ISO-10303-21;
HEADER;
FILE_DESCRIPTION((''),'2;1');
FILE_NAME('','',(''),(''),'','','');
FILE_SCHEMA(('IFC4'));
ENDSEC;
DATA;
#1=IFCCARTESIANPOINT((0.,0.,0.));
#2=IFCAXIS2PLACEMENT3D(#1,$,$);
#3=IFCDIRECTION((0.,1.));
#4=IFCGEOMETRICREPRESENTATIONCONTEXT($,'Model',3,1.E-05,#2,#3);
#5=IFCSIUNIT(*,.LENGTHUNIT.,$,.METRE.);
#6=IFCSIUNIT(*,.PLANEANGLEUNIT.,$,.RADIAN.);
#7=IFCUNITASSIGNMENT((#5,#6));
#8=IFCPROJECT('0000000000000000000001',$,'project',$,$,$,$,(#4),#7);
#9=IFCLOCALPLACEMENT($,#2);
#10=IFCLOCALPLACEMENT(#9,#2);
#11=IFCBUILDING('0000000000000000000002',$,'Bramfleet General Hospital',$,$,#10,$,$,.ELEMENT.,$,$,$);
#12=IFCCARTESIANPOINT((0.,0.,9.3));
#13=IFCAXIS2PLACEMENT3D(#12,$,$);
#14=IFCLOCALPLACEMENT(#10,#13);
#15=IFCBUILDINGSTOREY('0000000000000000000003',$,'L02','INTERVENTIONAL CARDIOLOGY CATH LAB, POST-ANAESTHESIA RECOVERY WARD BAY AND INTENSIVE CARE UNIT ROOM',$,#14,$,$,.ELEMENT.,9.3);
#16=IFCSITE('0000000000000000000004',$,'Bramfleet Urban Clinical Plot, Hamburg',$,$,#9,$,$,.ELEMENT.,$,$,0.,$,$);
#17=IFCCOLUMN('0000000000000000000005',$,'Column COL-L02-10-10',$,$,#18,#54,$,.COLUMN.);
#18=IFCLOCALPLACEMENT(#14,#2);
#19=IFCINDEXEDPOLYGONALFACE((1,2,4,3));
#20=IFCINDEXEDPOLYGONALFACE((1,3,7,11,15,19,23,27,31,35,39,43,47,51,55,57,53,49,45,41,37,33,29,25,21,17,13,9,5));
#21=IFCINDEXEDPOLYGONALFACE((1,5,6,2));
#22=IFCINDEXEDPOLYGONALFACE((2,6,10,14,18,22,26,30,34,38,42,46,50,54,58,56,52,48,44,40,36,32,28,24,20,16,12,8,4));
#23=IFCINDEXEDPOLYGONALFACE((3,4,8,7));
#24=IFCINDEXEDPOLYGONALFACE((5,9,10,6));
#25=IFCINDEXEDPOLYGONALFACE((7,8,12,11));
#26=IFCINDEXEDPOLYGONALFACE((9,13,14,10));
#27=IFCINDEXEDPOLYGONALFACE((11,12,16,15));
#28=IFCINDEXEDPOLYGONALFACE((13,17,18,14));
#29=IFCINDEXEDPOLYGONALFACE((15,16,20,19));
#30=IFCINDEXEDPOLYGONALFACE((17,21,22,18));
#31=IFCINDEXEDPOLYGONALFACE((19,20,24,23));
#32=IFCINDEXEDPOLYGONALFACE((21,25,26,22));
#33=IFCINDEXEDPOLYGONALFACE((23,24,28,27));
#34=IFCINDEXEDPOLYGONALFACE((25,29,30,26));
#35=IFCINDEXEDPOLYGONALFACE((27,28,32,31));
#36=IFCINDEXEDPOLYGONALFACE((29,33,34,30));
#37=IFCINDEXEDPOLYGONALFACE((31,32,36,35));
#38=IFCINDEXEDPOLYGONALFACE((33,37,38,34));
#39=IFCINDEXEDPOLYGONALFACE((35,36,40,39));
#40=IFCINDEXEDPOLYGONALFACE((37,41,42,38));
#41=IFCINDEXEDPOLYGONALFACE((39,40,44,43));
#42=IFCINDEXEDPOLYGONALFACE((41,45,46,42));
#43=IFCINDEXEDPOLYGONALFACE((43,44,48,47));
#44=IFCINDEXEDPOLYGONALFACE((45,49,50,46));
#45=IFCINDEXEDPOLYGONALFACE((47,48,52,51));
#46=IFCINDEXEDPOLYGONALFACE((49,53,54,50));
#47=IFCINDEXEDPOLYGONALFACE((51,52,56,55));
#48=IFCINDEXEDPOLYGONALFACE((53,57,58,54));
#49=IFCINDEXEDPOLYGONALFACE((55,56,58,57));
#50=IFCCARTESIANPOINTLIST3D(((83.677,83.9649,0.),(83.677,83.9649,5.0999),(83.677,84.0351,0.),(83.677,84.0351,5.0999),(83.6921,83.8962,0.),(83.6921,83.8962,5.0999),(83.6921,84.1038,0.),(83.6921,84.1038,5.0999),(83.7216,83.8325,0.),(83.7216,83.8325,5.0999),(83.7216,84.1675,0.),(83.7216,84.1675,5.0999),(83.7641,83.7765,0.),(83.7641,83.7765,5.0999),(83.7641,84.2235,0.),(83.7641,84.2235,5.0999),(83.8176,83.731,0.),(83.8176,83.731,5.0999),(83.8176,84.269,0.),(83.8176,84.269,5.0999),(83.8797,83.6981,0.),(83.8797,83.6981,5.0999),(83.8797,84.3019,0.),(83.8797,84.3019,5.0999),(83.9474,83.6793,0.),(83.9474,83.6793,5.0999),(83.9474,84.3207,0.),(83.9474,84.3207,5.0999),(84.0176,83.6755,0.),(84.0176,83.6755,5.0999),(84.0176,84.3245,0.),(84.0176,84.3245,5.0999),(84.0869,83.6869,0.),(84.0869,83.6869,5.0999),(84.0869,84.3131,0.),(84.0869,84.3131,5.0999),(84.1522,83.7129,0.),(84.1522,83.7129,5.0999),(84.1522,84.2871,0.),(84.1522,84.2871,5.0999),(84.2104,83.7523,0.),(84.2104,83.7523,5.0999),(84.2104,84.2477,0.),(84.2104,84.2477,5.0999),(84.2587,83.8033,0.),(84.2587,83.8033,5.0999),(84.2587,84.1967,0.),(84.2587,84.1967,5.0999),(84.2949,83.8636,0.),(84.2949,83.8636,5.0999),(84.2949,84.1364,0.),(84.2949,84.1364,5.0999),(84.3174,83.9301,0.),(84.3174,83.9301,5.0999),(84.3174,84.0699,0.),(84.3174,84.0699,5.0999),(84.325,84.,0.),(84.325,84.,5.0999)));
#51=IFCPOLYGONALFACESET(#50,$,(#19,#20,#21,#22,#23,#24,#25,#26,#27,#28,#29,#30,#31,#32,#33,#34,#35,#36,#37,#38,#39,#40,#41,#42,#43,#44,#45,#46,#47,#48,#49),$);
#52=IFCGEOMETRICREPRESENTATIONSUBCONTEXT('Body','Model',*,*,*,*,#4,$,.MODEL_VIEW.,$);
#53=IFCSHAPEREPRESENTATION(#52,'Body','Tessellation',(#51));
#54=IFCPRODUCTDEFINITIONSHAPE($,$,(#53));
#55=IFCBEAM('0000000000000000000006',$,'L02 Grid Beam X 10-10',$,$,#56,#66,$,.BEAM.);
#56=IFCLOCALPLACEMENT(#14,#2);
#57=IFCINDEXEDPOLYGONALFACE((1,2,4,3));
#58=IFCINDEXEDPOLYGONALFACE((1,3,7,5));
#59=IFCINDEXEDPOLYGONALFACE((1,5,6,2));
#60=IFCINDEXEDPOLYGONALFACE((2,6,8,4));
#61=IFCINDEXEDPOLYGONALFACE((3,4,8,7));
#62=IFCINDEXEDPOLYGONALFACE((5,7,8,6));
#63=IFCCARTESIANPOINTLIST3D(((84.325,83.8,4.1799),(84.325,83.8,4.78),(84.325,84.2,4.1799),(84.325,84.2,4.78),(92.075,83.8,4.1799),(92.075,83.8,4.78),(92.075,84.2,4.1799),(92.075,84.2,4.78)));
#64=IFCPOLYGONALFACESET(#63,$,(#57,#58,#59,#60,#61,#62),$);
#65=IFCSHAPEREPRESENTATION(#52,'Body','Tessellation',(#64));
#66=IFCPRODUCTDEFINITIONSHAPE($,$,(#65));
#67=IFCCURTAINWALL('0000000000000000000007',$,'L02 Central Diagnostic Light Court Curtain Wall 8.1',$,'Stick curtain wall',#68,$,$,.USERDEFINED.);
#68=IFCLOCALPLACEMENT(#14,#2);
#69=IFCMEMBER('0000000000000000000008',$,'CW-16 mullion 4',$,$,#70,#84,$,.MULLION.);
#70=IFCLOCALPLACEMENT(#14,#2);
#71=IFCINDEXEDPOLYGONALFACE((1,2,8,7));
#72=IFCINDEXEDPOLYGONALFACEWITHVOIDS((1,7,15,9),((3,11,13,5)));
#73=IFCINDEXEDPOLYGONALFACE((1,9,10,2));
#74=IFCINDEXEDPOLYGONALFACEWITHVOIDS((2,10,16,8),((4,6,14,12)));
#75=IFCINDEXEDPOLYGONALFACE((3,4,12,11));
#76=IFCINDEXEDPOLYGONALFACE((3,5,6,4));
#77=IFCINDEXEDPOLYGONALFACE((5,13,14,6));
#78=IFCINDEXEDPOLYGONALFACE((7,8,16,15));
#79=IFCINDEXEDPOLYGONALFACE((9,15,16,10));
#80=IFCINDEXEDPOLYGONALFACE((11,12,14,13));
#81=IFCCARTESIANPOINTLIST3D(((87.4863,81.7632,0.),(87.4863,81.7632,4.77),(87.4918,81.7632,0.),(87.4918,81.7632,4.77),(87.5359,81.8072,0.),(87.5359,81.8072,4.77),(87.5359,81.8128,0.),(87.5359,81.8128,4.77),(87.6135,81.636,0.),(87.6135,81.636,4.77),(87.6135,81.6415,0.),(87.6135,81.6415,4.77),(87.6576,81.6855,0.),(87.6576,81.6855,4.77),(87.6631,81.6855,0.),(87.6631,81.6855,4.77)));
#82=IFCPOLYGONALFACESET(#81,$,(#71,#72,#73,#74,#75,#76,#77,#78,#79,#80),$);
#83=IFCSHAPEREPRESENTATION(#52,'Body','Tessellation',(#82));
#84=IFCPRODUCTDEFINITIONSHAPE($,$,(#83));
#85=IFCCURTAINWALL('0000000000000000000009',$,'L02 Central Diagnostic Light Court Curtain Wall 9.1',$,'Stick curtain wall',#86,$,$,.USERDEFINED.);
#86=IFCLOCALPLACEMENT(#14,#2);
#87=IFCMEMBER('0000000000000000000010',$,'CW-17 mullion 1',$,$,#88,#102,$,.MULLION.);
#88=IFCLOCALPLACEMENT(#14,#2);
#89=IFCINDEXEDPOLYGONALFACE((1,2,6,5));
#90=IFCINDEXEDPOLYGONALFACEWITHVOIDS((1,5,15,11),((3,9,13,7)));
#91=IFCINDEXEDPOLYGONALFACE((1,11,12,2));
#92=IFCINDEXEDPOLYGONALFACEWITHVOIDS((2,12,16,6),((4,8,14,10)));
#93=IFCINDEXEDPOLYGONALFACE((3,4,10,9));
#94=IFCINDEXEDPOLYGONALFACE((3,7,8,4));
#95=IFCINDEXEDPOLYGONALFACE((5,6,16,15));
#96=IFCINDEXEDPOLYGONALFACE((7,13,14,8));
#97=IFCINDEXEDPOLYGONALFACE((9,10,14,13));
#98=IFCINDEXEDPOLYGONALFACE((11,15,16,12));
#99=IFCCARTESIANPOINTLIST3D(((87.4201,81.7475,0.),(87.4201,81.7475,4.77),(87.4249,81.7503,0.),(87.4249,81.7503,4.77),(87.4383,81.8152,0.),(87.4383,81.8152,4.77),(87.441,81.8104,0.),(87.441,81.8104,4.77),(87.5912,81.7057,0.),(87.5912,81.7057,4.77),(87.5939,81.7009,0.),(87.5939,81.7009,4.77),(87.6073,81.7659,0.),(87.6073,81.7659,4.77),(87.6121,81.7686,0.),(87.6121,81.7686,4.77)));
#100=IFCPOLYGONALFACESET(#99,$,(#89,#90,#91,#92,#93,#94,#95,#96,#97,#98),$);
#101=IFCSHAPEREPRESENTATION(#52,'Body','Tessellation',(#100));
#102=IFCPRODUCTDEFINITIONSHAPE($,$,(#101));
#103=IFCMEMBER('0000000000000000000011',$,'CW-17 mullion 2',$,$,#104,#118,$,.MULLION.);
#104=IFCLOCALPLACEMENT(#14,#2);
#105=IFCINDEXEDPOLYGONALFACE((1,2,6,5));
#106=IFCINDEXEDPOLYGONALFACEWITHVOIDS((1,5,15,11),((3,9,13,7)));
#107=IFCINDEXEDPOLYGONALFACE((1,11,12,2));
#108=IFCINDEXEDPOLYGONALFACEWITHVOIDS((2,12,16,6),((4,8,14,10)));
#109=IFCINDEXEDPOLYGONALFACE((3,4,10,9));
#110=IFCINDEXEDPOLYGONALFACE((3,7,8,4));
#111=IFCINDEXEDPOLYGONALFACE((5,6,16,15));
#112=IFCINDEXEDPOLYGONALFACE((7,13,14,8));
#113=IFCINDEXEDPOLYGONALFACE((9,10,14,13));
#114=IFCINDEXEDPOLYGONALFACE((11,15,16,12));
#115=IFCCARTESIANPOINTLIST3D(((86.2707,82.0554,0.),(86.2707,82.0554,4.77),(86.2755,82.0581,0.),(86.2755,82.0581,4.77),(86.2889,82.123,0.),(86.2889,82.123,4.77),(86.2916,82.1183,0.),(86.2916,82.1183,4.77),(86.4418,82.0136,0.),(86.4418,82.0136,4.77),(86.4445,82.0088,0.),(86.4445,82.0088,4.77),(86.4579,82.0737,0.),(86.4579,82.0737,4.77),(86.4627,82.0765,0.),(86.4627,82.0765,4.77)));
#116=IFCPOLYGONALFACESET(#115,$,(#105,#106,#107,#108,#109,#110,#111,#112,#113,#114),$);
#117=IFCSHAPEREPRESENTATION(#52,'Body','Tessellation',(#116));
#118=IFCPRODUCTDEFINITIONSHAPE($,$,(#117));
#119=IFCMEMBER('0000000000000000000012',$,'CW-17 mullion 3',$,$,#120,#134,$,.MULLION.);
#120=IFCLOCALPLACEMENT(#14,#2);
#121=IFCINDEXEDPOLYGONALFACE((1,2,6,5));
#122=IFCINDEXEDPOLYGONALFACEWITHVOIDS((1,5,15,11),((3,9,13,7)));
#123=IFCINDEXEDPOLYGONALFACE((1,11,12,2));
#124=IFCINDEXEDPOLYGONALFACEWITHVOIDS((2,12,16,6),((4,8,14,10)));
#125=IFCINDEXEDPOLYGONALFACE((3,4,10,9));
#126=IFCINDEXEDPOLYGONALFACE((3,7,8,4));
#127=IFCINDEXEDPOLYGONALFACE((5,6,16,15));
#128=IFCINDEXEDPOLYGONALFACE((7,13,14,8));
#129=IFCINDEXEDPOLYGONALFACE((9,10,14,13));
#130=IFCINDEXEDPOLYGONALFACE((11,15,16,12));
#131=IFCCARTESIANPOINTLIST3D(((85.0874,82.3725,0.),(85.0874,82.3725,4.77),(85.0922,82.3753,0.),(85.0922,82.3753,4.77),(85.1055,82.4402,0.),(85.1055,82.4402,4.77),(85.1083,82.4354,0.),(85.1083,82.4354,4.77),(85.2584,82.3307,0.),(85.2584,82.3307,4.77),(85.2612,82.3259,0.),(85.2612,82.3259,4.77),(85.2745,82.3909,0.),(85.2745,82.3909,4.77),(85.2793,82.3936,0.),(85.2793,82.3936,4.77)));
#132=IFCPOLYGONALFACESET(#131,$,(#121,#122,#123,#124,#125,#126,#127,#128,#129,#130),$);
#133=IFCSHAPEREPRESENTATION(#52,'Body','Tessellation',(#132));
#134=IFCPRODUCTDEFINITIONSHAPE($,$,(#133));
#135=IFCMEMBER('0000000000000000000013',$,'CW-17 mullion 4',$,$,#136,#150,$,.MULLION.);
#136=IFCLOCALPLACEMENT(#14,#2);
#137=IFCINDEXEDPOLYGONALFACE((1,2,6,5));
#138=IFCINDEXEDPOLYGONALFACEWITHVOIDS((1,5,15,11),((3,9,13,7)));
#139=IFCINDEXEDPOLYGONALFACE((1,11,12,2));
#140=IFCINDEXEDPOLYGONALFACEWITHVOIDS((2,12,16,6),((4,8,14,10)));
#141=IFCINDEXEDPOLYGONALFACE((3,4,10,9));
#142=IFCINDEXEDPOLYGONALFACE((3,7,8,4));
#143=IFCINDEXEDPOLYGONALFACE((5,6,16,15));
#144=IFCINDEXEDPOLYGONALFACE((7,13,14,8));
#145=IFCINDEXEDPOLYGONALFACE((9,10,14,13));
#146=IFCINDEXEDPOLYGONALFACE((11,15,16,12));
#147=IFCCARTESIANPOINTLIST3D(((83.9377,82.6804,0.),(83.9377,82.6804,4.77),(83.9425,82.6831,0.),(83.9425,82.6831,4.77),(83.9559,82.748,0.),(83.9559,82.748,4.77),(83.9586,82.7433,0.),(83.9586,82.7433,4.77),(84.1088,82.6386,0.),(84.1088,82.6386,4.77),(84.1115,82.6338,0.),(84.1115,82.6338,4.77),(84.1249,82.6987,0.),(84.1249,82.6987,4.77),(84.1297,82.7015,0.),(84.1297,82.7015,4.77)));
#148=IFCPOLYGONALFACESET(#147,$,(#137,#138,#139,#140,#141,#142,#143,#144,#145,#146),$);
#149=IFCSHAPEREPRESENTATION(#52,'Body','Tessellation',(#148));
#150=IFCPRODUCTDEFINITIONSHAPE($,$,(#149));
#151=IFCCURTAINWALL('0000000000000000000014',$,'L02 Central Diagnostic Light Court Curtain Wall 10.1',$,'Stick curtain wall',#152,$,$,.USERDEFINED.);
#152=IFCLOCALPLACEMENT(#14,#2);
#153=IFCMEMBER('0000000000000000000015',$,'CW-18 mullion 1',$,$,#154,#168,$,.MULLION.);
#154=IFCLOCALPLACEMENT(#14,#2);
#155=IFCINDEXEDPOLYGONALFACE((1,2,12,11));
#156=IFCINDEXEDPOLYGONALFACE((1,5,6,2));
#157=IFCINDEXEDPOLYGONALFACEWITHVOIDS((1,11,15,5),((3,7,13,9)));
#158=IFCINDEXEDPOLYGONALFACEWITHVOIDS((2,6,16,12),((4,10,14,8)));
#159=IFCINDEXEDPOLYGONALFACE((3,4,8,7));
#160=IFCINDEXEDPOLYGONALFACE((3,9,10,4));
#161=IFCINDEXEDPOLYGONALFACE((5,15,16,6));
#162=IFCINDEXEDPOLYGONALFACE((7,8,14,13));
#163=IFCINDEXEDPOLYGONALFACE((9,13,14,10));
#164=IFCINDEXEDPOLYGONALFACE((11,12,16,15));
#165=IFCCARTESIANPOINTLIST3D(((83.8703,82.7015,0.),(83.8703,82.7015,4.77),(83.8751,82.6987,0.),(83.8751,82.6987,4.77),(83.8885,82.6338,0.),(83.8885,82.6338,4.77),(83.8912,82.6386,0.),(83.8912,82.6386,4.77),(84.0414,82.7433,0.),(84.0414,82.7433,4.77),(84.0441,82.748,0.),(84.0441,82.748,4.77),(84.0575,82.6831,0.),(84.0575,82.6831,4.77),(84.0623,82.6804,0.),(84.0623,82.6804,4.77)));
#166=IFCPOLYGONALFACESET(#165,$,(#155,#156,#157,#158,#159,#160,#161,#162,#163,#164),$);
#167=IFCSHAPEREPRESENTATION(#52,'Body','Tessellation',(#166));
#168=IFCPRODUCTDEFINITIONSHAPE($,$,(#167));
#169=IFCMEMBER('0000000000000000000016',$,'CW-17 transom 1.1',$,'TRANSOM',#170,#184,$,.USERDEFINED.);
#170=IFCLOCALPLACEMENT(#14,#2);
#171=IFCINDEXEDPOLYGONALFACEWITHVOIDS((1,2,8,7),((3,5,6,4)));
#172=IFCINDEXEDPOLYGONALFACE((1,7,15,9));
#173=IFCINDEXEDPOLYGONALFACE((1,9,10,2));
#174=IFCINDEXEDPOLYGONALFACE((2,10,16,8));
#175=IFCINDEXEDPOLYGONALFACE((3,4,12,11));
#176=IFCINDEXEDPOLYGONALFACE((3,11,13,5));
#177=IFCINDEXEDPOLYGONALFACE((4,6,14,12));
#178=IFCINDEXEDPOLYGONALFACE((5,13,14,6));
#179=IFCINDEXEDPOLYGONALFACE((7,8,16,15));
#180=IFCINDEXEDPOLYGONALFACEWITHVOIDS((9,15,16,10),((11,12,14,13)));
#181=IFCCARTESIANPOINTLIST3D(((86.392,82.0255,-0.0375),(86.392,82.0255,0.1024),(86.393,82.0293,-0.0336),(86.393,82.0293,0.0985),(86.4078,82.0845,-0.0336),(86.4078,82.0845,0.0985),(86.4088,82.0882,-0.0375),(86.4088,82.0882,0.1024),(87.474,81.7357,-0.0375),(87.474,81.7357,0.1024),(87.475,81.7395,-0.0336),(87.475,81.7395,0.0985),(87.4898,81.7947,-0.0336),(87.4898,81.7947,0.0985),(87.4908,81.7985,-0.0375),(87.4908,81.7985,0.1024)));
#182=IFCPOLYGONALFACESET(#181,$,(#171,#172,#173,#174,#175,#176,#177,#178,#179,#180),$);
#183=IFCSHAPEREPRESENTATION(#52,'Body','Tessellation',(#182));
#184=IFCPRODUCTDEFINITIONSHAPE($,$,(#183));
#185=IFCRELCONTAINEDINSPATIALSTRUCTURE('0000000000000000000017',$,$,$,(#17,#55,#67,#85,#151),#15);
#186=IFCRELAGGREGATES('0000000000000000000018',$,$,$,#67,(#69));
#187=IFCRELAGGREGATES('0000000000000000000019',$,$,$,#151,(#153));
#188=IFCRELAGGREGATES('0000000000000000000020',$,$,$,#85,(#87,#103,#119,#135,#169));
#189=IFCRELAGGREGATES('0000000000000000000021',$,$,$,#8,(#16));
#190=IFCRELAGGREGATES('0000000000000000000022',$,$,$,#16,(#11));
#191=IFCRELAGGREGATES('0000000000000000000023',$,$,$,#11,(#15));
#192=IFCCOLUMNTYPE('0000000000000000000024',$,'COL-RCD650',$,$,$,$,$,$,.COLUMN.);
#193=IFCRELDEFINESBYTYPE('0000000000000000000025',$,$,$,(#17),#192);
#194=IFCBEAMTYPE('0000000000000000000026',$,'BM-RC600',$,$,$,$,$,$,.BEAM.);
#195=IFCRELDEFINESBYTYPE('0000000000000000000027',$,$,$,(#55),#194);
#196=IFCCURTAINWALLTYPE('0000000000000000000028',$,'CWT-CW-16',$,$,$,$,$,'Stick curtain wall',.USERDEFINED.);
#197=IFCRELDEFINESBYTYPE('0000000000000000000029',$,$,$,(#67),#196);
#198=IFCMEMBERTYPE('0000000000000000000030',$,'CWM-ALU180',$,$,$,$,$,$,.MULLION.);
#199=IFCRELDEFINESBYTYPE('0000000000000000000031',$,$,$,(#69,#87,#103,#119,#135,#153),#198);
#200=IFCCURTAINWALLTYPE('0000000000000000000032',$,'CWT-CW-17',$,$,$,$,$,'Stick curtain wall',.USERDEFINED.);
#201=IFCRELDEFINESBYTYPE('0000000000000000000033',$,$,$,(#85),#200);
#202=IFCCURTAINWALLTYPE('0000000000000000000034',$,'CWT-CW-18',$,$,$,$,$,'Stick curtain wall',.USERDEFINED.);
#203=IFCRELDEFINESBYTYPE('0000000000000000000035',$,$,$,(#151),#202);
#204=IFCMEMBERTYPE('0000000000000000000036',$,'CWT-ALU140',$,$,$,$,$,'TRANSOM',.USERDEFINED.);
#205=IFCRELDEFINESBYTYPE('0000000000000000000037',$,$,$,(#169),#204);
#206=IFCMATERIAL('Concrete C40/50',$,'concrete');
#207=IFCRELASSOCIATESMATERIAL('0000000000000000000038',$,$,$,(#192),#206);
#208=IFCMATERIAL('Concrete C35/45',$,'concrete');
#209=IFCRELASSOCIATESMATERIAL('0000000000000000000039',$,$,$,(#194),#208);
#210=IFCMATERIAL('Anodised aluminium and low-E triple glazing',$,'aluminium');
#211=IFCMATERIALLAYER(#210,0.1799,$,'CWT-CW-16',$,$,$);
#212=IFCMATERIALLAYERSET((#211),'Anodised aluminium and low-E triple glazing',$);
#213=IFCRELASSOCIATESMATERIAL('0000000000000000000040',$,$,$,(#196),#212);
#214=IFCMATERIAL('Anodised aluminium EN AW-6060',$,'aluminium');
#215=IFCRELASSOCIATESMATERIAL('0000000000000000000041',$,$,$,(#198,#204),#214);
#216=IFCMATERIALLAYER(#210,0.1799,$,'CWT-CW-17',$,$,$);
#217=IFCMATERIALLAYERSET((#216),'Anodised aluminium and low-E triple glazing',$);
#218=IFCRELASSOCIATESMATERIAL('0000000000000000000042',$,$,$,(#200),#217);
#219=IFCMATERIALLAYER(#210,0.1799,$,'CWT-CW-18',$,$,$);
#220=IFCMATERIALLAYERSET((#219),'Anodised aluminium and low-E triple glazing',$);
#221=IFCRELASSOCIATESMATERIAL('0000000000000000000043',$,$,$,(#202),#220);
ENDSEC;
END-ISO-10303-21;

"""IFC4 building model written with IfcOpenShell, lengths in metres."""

from ifc_helpers import new_model, si_unit, direction, frame, origin, origin_2d, place, context, subcontext, project, spatial, rectangle, hollow_rectangle, circle, extrude, material, layer, layer_set, material_profile, profile_set, type_object, element, aggregate, save


model = new_model("IFC4")

# Units and contexts
model_context = context("Model", 3, precision=1e-05, world=origin(), true_north=direction((0.0, 1.0)))
body_context = subcontext(model_context, "Body", "Model", "MODEL_VIEW")
ifc_project = project(units=[si_unit("LENGTHUNIT", "METRE"), si_unit("PLANEANGLEUNIT", "RADIAN")], contexts=[model_context])

# Site, building, storey
site_placement = place(None, origin())
site = spatial("IfcSite", under=ifc_project, at=site_placement, Name="Bramfleet Urban Clinical Plot, Hamburg", CompositionType="ELEMENT", RefElevation=0.0)
building_placement = place(site_placement, origin())
building = spatial("IfcBuilding", under=site, at=building_placement, Name="Bramfleet General Hospital", CompositionType="ELEMENT")
storey_placement = place(building_placement, frame((0.0, 0.0, 9.3)))
storey = spatial("IfcBuildingStorey", under=building, at=storey_placement, Name="L02", Description="INTERVENTIONAL CARDIOLOGY CATH LAB, POST-ANAESTHESIA RECOVERY WARD BAY AND INTENSIVE CARE UNIT ROOM", CompositionType="ELEMENT", Elevation=9.3)

# Column
ifc_material_1 = material(Name="Concrete C40/50", Category="concrete")
ifc_material_profile_1 = material_profile(ifc_material_1, circle(Radius=0.325, at=origin_2d()), Name="RC ROUND D650")
ifc_profile_set_1 = profile_set([ifc_material_profile_1], Name="Concrete C40/50")
column_type = type_object("IfcColumnType", Name="COL-RCD650", PredefinedType="COLUMN", material=ifc_profile_set_1)
column_placement = place(storey_placement, frame((84.0, 84.0, 0.0), z_axis=(0.0, 0.0, 1.0), x_axis=(1.0, 0.0, 0.0)))
element("IfcColumn", 1, at=column_placement, inside=storey, type_object=column_type, Name="Column COL-L02-10-10", PredefinedType="COLUMN", context=body_context, shape_type="SweptSolid", body=[
    extrude(circle(Radius=0.325, at=origin_2d()), origin(), (0.0, 0.0, 1.0), 5.0999),
])

# Beam
ifc_material_2 = material(Name="Concrete C35/45", Category="concrete")
ifc_material_profile_2 = material_profile(ifc_material_2, rectangle(XDim=0.3999, YDim=0.6001, at=origin_2d()), Name="RC BM 600x400")
ifc_profile_set_2 = profile_set([ifc_material_profile_2], Name="Concrete C35/45")
beam_type = type_object("IfcBeamType", Name="BM-RC600", PredefinedType="BEAM", material=ifc_profile_set_2)
beam_placement = place(storey_placement, frame((84.325, 84.0, 4.48), z_axis=(1.0, 0.0, 0.0), x_axis=(0.0, 1.0, 0.0)))
element("IfcBeam", 2, at=beam_placement, inside=storey, type_object=beam_type, Name="L02 Grid Beam X 10-10", PredefinedType="BEAM", context=body_context, shape_type="SweptSolid", body=[
    extrude(rectangle(XDim=0.3999, YDim=0.6001, at=origin_2d()), origin(), (0.0, 0.0, 1.0), 7.75),
])

# Curtain wall, member
ifc_material_3 = material(Name="Anodised aluminium and low-E triple glazing", Category="aluminium")
ifc_layer_1 = layer(ifc_material_3, 0.1799, Name="CWT-CW-16")
ifc_layer_set_1 = layer_set([ifc_layer_1], Name="Anodised aluminium and low-E triple glazing")
curtain_wall_type_1 = type_object("IfcCurtainWallType", Name="CWT-CW-16", ElementType="Stick curtain wall", PredefinedType="USERDEFINED", material=ifc_layer_set_1)
curtain_wall_1_placement = place(storey_placement, origin())
curtain_wall_1 = element("IfcCurtainWall", 3, at=curtain_wall_1_placement, inside=storey, type_object=curtain_wall_type_1, Name="L02 Central Diagnostic Light Court Curtain Wall 8.1", ObjectType="Stick curtain wall", PredefinedType="USERDEFINED")
ifc_material_4 = material(Name="Anodised aluminium EN AW-6060", Category="aluminium")
ifc_material_profile_3 = material_profile(ifc_material_4, hollow_rectangle(XDim=0.0701, YDim=0.1799, WallThickness=0.0039, at=origin_2d()), Name="ALU 180x70x4.0")
ifc_profile_set_3 = profile_set([ifc_material_profile_3], Name="Anodised aluminium EN AW-6060")
member_type_1 = type_object("IfcMemberType", Name="CWM-ALU180", PredefinedType="MULLION", material=ifc_profile_set_3)
member_1_placement = place(storey_placement, frame((87.5747, 81.7244, 0.0), z_axis=(0.0, 0.0, 1.0), x_axis=(-0.707107, -0.707107, 0.0)))
member_1 = element("IfcMember", 4, at=member_1_placement, type_object=member_type_1, Name="CW-16 mullion 4", PredefinedType="MULLION", context=body_context, shape_type="SweptSolid", body=[
    extrude(hollow_rectangle(XDim=0.0701, YDim=0.1799, WallThickness=0.0039, at=origin_2d()), origin(), (0.0, 0.0, 1.0), 4.77),
])
aggregate(curtain_wall_1, [member_1])

# Curtain wall, members
ifc_layer_2 = layer(ifc_material_3, 0.1799, Name="CWT-CW-17")
ifc_layer_set_2 = layer_set([ifc_layer_2], Name="Anodised aluminium and low-E triple glazing")
curtain_wall_type_2 = type_object("IfcCurtainWallType", Name="CWT-CW-17", ElementType="Stick curtain wall", PredefinedType="USERDEFINED", material=ifc_layer_set_2)
curtain_wall_2_placement = place(storey_placement, origin())
curtain_wall_2 = element("IfcCurtainWall", 5, at=curtain_wall_2_placement, inside=storey, type_object=curtain_wall_type_2, Name="L02 Central Diagnostic Light Court Curtain Wall 9.1", ObjectType="Stick curtain wall", PredefinedType="USERDEFINED")
member_2_placement = place(storey_placement, frame((87.5161, 81.7581, 0.0), z_axis=(0.0, 0.0, 1.0), x_axis=(-0.258763, -0.965941, 0.0)))
member_2 = element("IfcMember", 6, at=member_2_placement, type_object=member_type_1, Name="CW-17 mullion 1", PredefinedType="MULLION", context=body_context, shape_type="SweptSolid", body=[
    extrude(hollow_rectangle(XDim=0.0701, YDim=0.1799, WallThickness=0.0039, at=origin_2d()), origin(), (0.0, 0.0, 1.0), 4.77),
])
member_3_placement = place(storey_placement, frame((86.3667, 82.0659, 0.0), z_axis=(0.0, 0.0, 1.0), x_axis=(-0.258763, -0.965941, 0.0)))
member_3 = element("IfcMember", 7, at=member_3_placement, type_object=member_type_1, Name="CW-17 mullion 2", PredefinedType="MULLION", context=body_context, shape_type="SweptSolid", body=[
    extrude(hollow_rectangle(XDim=0.0701, YDim=0.1799, WallThickness=0.0039, at=origin_2d()), origin(), (0.0, 0.0, 1.0), 4.77),
])
member_4_placement = place(storey_placement, frame((85.1833, 82.3831, 0.0), z_axis=(0.0, 0.0, 1.0), x_axis=(-0.258763, -0.965941, 0.0)))
member_4 = element("IfcMember", 8, at=member_4_placement, type_object=member_type_1, Name="CW-17 mullion 3", PredefinedType="MULLION", context=body_context, shape_type="SweptSolid", body=[
    extrude(hollow_rectangle(XDim=0.0701, YDim=0.1799, WallThickness=0.0039, at=origin_2d()), origin(), (0.0, 0.0, 1.0), 4.77),
])
member_5_placement = place(storey_placement, frame((84.0337, 82.6909, 0.0), z_axis=(0.0, 0.0, 1.0), x_axis=(-0.258763, -0.965941, 0.0)))
member_5 = element("IfcMember", 9, at=member_5_placement, type_object=member_type_1, Name="CW-17 mullion 4", PredefinedType="MULLION", context=body_context, shape_type="SweptSolid", body=[
    extrude(hollow_rectangle(XDim=0.0701, YDim=0.1799, WallThickness=0.0039, at=origin_2d()), origin(), (0.0, 0.0, 1.0), 4.77),
])

# Curtain wall, member
ifc_layer_3 = layer(ifc_material_3, 0.1799, Name="CWT-CW-18")
ifc_layer_set_3 = layer_set([ifc_layer_3], Name="Anodised aluminium and low-E triple glazing")
curtain_wall_type_3 = type_object("IfcCurtainWallType", Name="CWT-CW-18", ElementType="Stick curtain wall", PredefinedType="USERDEFINED", material=ifc_layer_set_3)
curtain_wall_3_placement = place(storey_placement, origin())
curtain_wall_3 = element("IfcCurtainWall", 10, at=curtain_wall_3_placement, inside=storey, type_object=curtain_wall_type_3, Name="L02 Central Diagnostic Light Court Curtain Wall 10.1", ObjectType="Stick curtain wall", PredefinedType="USERDEFINED")
member_6_placement = place(storey_placement, frame((83.9663, 82.6909, 0.0), z_axis=(0.0, 0.0, 1.0), x_axis=(0.258763, -0.965941, 0.0)))
member_6 = element("IfcMember", 11, at=member_6_placement, type_object=member_type_1, Name="CW-18 mullion 1", PredefinedType="MULLION", context=body_context, shape_type="SweptSolid", body=[
    extrude(hollow_rectangle(XDim=0.0701, YDim=0.1799, WallThickness=0.0039, at=origin_2d()), origin(), (0.0, 0.0, 1.0), 4.77),
])

# Member
ifc_material_profile_4 = material_profile(ifc_material_4, hollow_rectangle(XDim=0.0649, YDim=0.1399, WallThickness=0.0039, at=origin_2d()), Name="ALU 140x65x4.0")
ifc_profile_set_4 = profile_set([ifc_material_profile_4], Name="Anodised aluminium EN AW-6060")
member_type_2 = type_object("IfcMemberType", Name="CWT-ALU140", ElementType="TRANSOM", PredefinedType="USERDEFINED", material=ifc_profile_set_4)
member_7_placement = place(storey_placement, frame((87.4824, 81.7671, 0.0325), z_axis=(-0.965956, 0.258707, 0.0), x_axis=(-0.258707, -0.965956, 0.0)))
member_7 = element("IfcMember", 12, at=member_7_placement, type_object=member_type_2, Name="CW-17 transom 1.1", ObjectType="TRANSOM", PredefinedType="USERDEFINED", context=body_context, shape_type="SweptSolid", body=[
    extrude(hollow_rectangle(XDim=0.0649, YDim=0.1399, WallThickness=0.0039, at=origin_2d()), origin(), (0.0, 0.0, 1.0), 1.1201),
])
aggregate(curtain_wall_3, [member_6])

aggregate(curtain_wall_2, [member_2, member_3, member_4, member_5, member_7])

save(model, "model.ifc")
